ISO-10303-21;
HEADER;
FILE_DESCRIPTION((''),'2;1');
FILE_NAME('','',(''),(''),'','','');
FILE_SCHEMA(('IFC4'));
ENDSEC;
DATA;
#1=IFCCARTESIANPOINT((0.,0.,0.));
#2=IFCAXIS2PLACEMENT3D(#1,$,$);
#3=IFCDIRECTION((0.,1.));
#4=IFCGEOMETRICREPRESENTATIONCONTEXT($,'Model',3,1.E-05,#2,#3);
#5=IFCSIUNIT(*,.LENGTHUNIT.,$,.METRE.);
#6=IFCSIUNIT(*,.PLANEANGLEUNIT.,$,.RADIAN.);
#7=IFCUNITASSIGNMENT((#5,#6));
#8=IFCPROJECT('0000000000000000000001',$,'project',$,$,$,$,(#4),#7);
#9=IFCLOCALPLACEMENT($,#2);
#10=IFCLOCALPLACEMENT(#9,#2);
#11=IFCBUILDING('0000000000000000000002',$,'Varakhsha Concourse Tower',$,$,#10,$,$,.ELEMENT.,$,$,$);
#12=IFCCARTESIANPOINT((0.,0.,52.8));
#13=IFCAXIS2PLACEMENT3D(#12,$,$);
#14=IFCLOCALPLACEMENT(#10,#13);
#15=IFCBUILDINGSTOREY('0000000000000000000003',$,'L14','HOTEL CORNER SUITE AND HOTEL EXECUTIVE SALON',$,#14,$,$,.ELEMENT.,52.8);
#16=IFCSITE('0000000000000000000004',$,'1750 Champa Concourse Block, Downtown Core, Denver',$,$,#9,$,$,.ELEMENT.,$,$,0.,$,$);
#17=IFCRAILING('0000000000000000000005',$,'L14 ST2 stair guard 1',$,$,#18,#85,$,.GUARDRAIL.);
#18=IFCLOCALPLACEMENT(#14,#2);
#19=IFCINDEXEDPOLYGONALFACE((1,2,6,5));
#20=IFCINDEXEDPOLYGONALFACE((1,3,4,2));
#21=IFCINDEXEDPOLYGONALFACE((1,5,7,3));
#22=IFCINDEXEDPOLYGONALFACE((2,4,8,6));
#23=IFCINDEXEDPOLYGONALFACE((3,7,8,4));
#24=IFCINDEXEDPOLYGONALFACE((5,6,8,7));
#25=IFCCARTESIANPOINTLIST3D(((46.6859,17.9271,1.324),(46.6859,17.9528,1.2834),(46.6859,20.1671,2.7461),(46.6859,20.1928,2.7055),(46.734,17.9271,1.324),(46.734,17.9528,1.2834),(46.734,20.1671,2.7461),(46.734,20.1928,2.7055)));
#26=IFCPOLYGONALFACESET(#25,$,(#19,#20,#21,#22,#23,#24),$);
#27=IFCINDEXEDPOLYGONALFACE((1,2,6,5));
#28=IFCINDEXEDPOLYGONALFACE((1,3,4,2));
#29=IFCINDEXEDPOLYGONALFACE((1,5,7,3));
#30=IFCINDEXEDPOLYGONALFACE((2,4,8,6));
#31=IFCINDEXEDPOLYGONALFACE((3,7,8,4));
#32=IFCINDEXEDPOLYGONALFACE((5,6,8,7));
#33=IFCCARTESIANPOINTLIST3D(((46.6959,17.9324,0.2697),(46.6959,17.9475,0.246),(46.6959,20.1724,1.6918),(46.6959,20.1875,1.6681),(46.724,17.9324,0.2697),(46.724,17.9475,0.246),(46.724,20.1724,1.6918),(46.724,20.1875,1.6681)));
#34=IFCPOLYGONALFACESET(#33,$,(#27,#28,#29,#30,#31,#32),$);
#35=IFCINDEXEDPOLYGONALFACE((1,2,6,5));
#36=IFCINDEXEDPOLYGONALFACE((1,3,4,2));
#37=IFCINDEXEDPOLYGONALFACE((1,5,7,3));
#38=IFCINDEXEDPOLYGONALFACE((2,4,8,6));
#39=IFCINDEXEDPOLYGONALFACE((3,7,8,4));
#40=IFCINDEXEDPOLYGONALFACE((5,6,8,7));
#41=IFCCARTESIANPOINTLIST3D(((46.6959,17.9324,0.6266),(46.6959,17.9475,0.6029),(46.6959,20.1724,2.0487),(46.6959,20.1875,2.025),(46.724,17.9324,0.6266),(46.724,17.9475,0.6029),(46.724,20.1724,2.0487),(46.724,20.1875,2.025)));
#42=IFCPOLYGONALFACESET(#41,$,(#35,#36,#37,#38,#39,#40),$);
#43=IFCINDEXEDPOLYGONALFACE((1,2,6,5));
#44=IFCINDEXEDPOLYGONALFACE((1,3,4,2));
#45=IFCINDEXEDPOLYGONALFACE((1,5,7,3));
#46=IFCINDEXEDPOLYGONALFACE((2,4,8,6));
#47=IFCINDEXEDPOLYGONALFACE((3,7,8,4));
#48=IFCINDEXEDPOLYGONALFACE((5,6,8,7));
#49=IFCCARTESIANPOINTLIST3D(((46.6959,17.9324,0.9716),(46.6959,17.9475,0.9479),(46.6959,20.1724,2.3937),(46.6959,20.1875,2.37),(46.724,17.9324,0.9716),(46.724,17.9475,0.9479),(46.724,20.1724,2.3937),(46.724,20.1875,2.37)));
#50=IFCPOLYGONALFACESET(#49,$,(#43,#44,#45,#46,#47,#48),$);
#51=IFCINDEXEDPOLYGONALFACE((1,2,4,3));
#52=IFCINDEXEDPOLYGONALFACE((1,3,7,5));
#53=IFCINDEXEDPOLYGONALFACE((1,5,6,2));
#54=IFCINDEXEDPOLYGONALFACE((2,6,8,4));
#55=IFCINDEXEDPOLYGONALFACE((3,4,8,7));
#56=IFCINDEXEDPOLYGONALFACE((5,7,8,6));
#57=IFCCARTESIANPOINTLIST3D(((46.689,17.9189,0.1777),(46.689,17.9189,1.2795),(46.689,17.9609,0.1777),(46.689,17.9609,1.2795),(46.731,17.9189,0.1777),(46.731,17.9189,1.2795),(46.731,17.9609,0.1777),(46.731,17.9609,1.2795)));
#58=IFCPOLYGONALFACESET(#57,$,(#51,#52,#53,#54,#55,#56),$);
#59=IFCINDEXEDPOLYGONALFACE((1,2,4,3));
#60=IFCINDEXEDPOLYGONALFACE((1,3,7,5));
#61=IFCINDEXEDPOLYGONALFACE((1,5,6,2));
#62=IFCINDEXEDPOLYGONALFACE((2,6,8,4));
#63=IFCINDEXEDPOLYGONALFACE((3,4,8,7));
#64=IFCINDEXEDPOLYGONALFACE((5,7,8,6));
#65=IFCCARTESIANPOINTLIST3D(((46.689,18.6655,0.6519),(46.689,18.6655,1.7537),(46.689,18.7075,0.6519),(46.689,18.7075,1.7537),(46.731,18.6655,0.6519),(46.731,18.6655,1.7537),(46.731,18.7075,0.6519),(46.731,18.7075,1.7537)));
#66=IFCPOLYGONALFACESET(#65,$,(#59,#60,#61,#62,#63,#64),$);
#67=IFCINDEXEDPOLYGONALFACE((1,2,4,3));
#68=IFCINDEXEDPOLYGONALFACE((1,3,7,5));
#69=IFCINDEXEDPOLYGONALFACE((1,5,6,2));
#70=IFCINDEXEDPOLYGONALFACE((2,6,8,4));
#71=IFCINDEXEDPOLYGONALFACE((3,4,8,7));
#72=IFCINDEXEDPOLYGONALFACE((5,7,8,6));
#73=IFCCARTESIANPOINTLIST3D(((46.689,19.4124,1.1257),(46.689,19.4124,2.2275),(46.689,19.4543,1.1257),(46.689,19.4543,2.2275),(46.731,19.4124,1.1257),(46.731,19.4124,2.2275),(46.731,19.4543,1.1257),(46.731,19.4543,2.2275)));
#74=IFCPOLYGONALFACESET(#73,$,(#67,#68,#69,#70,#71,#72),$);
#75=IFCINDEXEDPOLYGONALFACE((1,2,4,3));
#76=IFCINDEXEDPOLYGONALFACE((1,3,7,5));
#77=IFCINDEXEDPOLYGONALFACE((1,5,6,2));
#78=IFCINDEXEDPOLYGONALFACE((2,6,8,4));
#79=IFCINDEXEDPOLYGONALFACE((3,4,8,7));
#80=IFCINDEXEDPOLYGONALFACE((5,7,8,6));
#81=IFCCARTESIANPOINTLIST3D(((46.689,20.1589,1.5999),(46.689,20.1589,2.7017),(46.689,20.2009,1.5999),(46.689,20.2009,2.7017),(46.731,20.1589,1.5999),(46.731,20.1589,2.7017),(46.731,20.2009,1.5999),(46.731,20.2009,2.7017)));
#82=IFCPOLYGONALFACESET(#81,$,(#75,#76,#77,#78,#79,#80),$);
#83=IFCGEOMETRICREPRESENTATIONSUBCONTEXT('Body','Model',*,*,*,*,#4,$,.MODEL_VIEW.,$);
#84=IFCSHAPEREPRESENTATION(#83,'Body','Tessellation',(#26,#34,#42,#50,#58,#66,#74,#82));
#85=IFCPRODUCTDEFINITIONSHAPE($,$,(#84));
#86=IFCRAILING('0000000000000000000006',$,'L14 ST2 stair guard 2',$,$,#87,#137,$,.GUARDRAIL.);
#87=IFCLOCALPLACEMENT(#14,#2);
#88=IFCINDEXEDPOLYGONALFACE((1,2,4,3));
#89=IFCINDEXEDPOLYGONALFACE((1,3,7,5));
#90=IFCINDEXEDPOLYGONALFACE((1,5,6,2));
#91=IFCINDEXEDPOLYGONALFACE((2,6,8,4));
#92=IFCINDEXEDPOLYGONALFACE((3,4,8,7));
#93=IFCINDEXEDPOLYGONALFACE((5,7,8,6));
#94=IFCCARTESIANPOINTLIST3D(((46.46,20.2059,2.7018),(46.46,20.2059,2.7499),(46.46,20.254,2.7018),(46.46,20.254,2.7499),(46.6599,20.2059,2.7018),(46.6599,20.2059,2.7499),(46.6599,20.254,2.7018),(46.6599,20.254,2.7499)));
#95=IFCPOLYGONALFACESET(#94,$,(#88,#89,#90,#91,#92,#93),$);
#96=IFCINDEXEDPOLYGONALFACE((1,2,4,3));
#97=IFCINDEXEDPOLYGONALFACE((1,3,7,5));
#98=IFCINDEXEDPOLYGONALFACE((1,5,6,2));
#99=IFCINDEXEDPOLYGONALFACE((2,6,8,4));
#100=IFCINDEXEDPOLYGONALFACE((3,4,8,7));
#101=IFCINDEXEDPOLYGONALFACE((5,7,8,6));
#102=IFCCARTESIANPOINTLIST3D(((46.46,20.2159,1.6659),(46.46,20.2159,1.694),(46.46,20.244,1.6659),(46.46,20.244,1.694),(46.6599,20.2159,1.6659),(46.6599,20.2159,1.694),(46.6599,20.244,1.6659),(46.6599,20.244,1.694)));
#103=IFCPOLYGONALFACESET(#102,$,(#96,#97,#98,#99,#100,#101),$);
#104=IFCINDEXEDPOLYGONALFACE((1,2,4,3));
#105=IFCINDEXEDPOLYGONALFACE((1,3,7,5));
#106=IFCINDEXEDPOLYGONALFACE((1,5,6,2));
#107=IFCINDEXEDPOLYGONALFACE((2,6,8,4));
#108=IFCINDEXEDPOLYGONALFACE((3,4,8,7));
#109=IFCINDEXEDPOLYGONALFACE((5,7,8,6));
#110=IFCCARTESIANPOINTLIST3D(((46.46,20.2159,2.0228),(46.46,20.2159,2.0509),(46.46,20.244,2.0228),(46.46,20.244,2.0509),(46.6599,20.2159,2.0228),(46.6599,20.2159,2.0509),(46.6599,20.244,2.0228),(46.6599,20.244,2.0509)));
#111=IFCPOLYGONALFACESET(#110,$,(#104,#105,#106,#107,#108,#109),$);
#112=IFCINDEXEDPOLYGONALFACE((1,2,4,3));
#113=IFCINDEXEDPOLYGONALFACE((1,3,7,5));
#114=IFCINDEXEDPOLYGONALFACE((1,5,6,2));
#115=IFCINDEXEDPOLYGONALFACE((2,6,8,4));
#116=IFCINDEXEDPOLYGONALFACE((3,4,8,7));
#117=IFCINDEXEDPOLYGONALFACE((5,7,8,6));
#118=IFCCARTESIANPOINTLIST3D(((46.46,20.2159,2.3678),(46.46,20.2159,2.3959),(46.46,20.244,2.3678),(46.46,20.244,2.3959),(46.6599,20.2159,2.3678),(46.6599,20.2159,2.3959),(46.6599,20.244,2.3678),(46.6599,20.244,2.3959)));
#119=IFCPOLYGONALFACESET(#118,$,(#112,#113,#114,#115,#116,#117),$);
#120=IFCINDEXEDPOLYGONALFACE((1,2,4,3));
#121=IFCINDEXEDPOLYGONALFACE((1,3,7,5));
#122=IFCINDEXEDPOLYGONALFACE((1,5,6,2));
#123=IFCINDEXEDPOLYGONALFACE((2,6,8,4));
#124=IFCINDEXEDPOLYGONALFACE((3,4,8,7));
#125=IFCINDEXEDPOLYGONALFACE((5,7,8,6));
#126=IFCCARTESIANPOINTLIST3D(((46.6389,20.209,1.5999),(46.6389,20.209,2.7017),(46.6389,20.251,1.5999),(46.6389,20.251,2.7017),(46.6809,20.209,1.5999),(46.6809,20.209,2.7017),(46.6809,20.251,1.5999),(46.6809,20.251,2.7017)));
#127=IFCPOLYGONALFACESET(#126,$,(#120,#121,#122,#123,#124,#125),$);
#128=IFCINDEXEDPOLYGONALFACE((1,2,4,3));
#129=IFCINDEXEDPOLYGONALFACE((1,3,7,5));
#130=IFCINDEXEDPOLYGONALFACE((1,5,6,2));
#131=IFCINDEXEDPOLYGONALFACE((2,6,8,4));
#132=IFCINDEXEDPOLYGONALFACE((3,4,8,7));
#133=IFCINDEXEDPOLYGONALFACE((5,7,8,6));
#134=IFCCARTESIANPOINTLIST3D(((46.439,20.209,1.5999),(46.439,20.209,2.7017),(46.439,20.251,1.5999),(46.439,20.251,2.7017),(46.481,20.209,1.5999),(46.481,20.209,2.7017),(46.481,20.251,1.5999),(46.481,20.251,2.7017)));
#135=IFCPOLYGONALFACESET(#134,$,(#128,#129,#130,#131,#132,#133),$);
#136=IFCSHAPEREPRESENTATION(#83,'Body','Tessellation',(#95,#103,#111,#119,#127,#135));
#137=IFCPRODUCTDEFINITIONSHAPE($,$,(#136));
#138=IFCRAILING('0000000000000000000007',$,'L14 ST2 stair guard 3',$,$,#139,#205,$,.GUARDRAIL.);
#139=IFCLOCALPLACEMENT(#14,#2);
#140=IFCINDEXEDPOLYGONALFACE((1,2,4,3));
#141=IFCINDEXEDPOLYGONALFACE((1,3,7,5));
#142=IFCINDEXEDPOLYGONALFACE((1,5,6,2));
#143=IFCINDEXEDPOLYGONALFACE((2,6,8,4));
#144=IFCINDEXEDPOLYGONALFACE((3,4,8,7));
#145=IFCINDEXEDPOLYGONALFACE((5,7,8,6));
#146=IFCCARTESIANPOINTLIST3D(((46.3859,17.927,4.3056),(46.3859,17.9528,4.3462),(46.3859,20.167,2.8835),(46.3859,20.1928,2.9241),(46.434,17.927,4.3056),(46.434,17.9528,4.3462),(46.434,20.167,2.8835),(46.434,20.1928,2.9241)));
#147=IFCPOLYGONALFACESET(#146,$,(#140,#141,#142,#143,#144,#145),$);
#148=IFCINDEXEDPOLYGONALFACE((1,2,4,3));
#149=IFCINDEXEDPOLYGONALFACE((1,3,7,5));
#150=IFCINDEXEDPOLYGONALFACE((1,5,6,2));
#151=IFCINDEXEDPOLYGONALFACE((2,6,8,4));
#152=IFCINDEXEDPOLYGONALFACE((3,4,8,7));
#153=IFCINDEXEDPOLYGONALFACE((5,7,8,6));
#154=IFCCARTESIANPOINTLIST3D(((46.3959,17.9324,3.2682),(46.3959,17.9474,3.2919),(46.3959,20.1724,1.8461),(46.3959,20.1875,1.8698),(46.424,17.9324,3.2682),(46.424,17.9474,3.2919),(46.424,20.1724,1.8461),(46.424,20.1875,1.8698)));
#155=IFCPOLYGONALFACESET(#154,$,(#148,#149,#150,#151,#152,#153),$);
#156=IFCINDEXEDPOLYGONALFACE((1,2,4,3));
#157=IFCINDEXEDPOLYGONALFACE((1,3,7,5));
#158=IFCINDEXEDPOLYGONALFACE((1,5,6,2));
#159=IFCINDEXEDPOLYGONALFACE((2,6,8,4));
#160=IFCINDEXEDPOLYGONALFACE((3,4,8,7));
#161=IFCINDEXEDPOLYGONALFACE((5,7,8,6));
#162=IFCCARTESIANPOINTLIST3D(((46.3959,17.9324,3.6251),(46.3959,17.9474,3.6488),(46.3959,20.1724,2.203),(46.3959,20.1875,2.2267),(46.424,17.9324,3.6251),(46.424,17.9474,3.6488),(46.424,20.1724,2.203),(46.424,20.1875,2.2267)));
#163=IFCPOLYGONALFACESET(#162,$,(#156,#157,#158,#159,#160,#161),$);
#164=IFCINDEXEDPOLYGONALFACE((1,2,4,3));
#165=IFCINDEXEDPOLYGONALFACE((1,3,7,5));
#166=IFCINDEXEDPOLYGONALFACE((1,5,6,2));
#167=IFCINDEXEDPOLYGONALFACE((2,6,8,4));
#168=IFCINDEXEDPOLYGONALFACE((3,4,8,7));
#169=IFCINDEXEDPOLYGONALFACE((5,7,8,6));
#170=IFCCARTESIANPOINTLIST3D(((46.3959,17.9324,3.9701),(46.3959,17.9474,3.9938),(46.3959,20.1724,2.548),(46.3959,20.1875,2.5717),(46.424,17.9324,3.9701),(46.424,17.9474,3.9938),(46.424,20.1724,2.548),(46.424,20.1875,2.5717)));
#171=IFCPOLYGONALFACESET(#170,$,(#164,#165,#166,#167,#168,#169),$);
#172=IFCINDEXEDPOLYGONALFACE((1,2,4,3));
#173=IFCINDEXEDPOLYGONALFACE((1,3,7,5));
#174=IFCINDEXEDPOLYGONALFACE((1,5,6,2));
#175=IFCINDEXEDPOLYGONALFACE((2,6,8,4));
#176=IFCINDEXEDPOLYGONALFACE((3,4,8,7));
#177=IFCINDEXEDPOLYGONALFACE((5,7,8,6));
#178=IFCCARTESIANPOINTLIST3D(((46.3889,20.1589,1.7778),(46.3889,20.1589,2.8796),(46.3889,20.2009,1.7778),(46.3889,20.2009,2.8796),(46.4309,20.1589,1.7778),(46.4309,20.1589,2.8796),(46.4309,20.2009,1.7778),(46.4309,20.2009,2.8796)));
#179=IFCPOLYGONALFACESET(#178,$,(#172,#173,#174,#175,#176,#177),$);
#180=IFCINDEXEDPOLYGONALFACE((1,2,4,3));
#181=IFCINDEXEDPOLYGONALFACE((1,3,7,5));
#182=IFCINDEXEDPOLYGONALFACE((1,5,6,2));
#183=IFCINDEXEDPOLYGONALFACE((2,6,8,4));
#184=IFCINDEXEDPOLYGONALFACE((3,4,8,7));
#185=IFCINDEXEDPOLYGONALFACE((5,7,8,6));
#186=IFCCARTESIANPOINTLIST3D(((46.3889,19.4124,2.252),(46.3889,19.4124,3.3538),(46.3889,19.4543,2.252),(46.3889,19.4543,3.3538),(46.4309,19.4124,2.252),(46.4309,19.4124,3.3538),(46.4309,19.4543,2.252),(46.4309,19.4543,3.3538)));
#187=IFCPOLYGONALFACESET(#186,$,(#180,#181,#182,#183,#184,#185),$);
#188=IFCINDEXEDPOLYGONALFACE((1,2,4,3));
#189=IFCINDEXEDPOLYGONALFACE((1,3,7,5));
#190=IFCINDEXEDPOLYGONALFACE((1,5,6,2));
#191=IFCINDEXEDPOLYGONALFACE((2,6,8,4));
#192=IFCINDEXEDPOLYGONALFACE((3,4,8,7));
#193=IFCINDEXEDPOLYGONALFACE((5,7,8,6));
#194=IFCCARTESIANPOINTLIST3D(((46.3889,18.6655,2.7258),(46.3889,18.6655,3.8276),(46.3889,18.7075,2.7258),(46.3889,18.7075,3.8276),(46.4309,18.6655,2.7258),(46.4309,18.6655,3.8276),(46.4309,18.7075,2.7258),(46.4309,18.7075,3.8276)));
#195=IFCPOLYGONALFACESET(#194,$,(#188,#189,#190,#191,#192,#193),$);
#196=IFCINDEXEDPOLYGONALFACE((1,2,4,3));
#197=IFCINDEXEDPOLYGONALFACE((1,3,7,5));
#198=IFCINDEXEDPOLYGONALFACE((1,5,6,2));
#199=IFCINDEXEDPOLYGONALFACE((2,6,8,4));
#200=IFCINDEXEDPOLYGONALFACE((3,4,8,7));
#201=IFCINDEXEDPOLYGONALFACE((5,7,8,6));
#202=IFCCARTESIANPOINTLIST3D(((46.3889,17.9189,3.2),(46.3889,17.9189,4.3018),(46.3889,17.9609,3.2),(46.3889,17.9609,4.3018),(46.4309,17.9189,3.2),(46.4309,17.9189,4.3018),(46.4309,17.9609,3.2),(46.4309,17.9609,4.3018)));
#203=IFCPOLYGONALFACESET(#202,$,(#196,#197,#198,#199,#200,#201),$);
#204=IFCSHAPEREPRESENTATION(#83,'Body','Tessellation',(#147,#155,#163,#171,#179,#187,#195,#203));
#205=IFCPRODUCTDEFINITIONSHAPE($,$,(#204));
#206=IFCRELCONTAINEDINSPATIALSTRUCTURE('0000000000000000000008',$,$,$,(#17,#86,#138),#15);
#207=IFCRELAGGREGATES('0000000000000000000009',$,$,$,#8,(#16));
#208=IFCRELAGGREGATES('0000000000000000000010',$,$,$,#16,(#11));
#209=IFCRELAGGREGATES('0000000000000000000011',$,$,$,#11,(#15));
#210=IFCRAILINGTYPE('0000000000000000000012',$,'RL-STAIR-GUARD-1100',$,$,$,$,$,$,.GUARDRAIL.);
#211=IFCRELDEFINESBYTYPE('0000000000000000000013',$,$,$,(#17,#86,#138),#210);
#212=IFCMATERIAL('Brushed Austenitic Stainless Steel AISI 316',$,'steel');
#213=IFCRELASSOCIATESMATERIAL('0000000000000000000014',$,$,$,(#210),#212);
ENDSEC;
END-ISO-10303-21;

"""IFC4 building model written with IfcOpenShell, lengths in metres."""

from ifc_helpers import new_model, si_unit, direction, frame, origin, origin_2d, place, context, subcontext, project, spatial, rectangle, extrude, material, type_object, element, save


model = new_model("IFC4")

# Units and contexts
model_context = context("Model", 3, precision=1e-05, world=origin(), true_north=direction((0.0, 1.0)))
body_context = subcontext(model_context, "Body", "Model", "MODEL_VIEW")
ifc_project = project(units=[si_unit("LENGTHUNIT", "METRE"), si_unit("PLANEANGLEUNIT", "RADIAN")], contexts=[model_context])

# Site, building, storey
site_placement = place(None, origin())
site = spatial("IfcSite", under=ifc_project, at=site_placement, Name="1750 Champa Concourse Block, Downtown Core, Denver", CompositionType="ELEMENT", RefElevation=0.0)
building_placement = place(site_placement, origin())
building = spatial("IfcBuilding", under=site, at=building_placement, Name="Varakhsha Concourse Tower", CompositionType="ELEMENT")
storey_placement = place(building_placement, frame((0.0, 0.0, 52.8)))
storey = spatial("IfcBuildingStorey", under=building, at=storey_placement, Name="L14", Description="HOTEL CORNER SUITE AND HOTEL EXECUTIVE SALON", CompositionType="ELEMENT", Elevation=52.8)

# Railings
ifc_material_1 = material(Name="Brushed Austenitic Stainless Steel AISI 316", Category="steel")
railing_type_1 = type_object("IfcRailingType", Name="RL-STAIR-GUARD-1100", PredefinedType="GUARDRAIL", material=ifc_material_1)
railing_1_placement = place(storey_placement, frame((46.71, 17.9399, 0.1777)))
element("IfcRailing", 1, at=railing_1_placement, inside=storey, type_object=railing_type_1, Name="L14 ST2 stair guard 1", PredefinedType="GUARDRAIL", context=body_context, shape_type="SweptSolid", body=[
    extrude(rectangle(XDim=0.0481, YDim=0.0481, at=origin_2d()), frame((0.0, 0.0, 1.126), z_axis=(0.0, 0.844229, 0.535982), x_axis=(-1.0, 0.0, 0.0)), (0.0, 0.0, 1.0), 2.6533),
    extrude(rectangle(XDim=0.0281, YDim=0.0281, at=origin_2d()), frame((0.0, 0.0, 0.0801), z_axis=(0.0, 0.844229, 0.535982), x_axis=(-1.0, 0.0, 0.0)), (0.0, 0.0, 1.0), 2.6533),
    extrude(rectangle(XDim=0.0281, YDim=0.0281, at=origin_2d()), frame((0.0, 0.0, 0.437), z_axis=(0.0, 0.844229, 0.535982), x_axis=(-1.0, 0.0, 0.0)), (0.0, 0.0, 1.0), 2.6533),
    extrude(rectangle(XDim=0.0281, YDim=0.0281, at=origin_2d()), frame((0.0, 0.0, 0.782), z_axis=(0.0, 0.844229, 0.535982), x_axis=(-1.0, 0.0, 0.0)), (0.0, 0.0, 1.0), 2.6533),
    extrude(rectangle(XDim=0.042, YDim=0.042, at=origin_2d()), origin(), (0.0, 0.0, 1.0), 1.1018),
    extrude(rectangle(XDim=0.042, YDim=0.042, at=origin_2d()), frame((0.0, 0.7466, 0.4741)), (0.0, 0.0, 1.0), 1.1018),
    extrude(rectangle(XDim=0.042, YDim=0.042, at=origin_2d()), frame((0.0, 1.4934, 0.948)), (0.0, 0.0, 1.0), 1.1018),
    extrude(rectangle(XDim=0.042, YDim=0.042, at=origin_2d()), frame((0.0, 2.24, 1.4221)), (0.0, 0.0, 1.0), 1.1018),
])
railing_2_placement = place(storey_placement, frame((46.6599, 20.23, 1.5999)))
element("IfcRailing", 2, at=railing_2_placement, inside=storey, type_object=railing_type_1, Name="L14 ST2 stair guard 2", PredefinedType="GUARDRAIL", context=body_context, shape_type="SweptSolid", body=[
    extrude(rectangle(XDim=0.0481, YDim=0.0481, at=origin_2d()), frame((0.0, 0.0, 1.126), z_axis=(-1.0, 0.0, 0.0), x_axis=(0.0, -1.0, 0.0)), (0.0, 0.0, 1.0), 0.2),
    extrude(rectangle(XDim=0.0281, YDim=0.0281, at=origin_2d()), frame((0.0, 0.0, 0.0801), z_axis=(-1.0, 0.0, 0.0), x_axis=(0.0, -1.0, 0.0)), (0.0, 0.0, 1.0), 0.2),
    extrude(rectangle(XDim=0.0281, YDim=0.0281, at=origin_2d()), frame((0.0, 0.0, 0.437), z_axis=(-1.0, 0.0, 0.0), x_axis=(0.0, -1.0, 0.0)), (0.0, 0.0, 1.0), 0.2),
    extrude(rectangle(XDim=0.0281, YDim=0.0281, at=origin_2d()), frame((0.0, 0.0, 0.782), z_axis=(-1.0, 0.0, 0.0), x_axis=(0.0, -1.0, 0.0)), (0.0, 0.0, 1.0), 0.2),
    extrude(rectangle(XDim=0.042, YDim=0.042, at=origin_2d()), origin(), (0.0, 0.0, 1.0), 1.1018),
    extrude(rectangle(XDim=0.042, YDim=0.042, at=origin_2d()), frame((-0.2, 0.0, 0.0)), (0.0, 0.0, 1.0), 1.1018),
])
railing_3_placement = place(storey_placement, frame((46.4099, 20.1799, 1.7778)))
element("IfcRailing", 3, at=railing_3_placement, inside=storey, type_object=railing_type_1, Name="L14 ST2 stair guard 3", PredefinedType="GUARDRAIL", context=body_context, shape_type="SweptSolid", body=[
    extrude(rectangle(XDim=0.0481, YDim=0.0481, at=origin_2d()), frame((0.0, 0.0, 1.126), z_axis=(0.0, -0.844229, 0.535982), x_axis=(1.0, 0.0, 0.0)), (0.0, 0.0, 1.0), 2.6533),
    extrude(rectangle(XDim=0.0281, YDim=0.0281, at=origin_2d()), frame((0.0, 0.0, 0.0801), z_axis=(0.0, -0.844229, 0.535982), x_axis=(1.0, 0.0, 0.0)), (0.0, 0.0, 1.0), 2.6533),
    extrude(rectangle(XDim=0.0281, YDim=0.0281, at=origin_2d()), frame((0.0, 0.0, 0.437), z_axis=(0.0, -0.844229, 0.535982), x_axis=(1.0, 0.0, 0.0)), (0.0, 0.0, 1.0), 2.6533),
    extrude(rectangle(XDim=0.0281, YDim=0.0281, at=origin_2d()), frame((0.0, 0.0, 0.782), z_axis=(0.0, -0.844229, 0.535982), x_axis=(1.0, 0.0, 0.0)), (0.0, 0.0, 1.0), 2.6533),
    extrude(rectangle(XDim=0.042, YDim=0.042, at=origin_2d()), origin(), (0.0, 0.0, 1.0), 1.1018),
    extrude(rectangle(XDim=0.042, YDim=0.042, at=origin_2d()), frame((0.0, -0.7466, 0.4741)), (0.0, 0.0, 1.0), 1.1018),
    extrude(rectangle(XDim=0.042, YDim=0.042, at=origin_2d()), frame((0.0, -1.4934, 0.948)), (0.0, 0.0, 1.0), 1.1018),
    extrude(rectangle(XDim=0.042, YDim=0.042, at=origin_2d()), frame((0.0, -2.24, 1.4221)), (0.0, 0.0, 1.0), 1.1018),
])

save(model, "model.ifc")
